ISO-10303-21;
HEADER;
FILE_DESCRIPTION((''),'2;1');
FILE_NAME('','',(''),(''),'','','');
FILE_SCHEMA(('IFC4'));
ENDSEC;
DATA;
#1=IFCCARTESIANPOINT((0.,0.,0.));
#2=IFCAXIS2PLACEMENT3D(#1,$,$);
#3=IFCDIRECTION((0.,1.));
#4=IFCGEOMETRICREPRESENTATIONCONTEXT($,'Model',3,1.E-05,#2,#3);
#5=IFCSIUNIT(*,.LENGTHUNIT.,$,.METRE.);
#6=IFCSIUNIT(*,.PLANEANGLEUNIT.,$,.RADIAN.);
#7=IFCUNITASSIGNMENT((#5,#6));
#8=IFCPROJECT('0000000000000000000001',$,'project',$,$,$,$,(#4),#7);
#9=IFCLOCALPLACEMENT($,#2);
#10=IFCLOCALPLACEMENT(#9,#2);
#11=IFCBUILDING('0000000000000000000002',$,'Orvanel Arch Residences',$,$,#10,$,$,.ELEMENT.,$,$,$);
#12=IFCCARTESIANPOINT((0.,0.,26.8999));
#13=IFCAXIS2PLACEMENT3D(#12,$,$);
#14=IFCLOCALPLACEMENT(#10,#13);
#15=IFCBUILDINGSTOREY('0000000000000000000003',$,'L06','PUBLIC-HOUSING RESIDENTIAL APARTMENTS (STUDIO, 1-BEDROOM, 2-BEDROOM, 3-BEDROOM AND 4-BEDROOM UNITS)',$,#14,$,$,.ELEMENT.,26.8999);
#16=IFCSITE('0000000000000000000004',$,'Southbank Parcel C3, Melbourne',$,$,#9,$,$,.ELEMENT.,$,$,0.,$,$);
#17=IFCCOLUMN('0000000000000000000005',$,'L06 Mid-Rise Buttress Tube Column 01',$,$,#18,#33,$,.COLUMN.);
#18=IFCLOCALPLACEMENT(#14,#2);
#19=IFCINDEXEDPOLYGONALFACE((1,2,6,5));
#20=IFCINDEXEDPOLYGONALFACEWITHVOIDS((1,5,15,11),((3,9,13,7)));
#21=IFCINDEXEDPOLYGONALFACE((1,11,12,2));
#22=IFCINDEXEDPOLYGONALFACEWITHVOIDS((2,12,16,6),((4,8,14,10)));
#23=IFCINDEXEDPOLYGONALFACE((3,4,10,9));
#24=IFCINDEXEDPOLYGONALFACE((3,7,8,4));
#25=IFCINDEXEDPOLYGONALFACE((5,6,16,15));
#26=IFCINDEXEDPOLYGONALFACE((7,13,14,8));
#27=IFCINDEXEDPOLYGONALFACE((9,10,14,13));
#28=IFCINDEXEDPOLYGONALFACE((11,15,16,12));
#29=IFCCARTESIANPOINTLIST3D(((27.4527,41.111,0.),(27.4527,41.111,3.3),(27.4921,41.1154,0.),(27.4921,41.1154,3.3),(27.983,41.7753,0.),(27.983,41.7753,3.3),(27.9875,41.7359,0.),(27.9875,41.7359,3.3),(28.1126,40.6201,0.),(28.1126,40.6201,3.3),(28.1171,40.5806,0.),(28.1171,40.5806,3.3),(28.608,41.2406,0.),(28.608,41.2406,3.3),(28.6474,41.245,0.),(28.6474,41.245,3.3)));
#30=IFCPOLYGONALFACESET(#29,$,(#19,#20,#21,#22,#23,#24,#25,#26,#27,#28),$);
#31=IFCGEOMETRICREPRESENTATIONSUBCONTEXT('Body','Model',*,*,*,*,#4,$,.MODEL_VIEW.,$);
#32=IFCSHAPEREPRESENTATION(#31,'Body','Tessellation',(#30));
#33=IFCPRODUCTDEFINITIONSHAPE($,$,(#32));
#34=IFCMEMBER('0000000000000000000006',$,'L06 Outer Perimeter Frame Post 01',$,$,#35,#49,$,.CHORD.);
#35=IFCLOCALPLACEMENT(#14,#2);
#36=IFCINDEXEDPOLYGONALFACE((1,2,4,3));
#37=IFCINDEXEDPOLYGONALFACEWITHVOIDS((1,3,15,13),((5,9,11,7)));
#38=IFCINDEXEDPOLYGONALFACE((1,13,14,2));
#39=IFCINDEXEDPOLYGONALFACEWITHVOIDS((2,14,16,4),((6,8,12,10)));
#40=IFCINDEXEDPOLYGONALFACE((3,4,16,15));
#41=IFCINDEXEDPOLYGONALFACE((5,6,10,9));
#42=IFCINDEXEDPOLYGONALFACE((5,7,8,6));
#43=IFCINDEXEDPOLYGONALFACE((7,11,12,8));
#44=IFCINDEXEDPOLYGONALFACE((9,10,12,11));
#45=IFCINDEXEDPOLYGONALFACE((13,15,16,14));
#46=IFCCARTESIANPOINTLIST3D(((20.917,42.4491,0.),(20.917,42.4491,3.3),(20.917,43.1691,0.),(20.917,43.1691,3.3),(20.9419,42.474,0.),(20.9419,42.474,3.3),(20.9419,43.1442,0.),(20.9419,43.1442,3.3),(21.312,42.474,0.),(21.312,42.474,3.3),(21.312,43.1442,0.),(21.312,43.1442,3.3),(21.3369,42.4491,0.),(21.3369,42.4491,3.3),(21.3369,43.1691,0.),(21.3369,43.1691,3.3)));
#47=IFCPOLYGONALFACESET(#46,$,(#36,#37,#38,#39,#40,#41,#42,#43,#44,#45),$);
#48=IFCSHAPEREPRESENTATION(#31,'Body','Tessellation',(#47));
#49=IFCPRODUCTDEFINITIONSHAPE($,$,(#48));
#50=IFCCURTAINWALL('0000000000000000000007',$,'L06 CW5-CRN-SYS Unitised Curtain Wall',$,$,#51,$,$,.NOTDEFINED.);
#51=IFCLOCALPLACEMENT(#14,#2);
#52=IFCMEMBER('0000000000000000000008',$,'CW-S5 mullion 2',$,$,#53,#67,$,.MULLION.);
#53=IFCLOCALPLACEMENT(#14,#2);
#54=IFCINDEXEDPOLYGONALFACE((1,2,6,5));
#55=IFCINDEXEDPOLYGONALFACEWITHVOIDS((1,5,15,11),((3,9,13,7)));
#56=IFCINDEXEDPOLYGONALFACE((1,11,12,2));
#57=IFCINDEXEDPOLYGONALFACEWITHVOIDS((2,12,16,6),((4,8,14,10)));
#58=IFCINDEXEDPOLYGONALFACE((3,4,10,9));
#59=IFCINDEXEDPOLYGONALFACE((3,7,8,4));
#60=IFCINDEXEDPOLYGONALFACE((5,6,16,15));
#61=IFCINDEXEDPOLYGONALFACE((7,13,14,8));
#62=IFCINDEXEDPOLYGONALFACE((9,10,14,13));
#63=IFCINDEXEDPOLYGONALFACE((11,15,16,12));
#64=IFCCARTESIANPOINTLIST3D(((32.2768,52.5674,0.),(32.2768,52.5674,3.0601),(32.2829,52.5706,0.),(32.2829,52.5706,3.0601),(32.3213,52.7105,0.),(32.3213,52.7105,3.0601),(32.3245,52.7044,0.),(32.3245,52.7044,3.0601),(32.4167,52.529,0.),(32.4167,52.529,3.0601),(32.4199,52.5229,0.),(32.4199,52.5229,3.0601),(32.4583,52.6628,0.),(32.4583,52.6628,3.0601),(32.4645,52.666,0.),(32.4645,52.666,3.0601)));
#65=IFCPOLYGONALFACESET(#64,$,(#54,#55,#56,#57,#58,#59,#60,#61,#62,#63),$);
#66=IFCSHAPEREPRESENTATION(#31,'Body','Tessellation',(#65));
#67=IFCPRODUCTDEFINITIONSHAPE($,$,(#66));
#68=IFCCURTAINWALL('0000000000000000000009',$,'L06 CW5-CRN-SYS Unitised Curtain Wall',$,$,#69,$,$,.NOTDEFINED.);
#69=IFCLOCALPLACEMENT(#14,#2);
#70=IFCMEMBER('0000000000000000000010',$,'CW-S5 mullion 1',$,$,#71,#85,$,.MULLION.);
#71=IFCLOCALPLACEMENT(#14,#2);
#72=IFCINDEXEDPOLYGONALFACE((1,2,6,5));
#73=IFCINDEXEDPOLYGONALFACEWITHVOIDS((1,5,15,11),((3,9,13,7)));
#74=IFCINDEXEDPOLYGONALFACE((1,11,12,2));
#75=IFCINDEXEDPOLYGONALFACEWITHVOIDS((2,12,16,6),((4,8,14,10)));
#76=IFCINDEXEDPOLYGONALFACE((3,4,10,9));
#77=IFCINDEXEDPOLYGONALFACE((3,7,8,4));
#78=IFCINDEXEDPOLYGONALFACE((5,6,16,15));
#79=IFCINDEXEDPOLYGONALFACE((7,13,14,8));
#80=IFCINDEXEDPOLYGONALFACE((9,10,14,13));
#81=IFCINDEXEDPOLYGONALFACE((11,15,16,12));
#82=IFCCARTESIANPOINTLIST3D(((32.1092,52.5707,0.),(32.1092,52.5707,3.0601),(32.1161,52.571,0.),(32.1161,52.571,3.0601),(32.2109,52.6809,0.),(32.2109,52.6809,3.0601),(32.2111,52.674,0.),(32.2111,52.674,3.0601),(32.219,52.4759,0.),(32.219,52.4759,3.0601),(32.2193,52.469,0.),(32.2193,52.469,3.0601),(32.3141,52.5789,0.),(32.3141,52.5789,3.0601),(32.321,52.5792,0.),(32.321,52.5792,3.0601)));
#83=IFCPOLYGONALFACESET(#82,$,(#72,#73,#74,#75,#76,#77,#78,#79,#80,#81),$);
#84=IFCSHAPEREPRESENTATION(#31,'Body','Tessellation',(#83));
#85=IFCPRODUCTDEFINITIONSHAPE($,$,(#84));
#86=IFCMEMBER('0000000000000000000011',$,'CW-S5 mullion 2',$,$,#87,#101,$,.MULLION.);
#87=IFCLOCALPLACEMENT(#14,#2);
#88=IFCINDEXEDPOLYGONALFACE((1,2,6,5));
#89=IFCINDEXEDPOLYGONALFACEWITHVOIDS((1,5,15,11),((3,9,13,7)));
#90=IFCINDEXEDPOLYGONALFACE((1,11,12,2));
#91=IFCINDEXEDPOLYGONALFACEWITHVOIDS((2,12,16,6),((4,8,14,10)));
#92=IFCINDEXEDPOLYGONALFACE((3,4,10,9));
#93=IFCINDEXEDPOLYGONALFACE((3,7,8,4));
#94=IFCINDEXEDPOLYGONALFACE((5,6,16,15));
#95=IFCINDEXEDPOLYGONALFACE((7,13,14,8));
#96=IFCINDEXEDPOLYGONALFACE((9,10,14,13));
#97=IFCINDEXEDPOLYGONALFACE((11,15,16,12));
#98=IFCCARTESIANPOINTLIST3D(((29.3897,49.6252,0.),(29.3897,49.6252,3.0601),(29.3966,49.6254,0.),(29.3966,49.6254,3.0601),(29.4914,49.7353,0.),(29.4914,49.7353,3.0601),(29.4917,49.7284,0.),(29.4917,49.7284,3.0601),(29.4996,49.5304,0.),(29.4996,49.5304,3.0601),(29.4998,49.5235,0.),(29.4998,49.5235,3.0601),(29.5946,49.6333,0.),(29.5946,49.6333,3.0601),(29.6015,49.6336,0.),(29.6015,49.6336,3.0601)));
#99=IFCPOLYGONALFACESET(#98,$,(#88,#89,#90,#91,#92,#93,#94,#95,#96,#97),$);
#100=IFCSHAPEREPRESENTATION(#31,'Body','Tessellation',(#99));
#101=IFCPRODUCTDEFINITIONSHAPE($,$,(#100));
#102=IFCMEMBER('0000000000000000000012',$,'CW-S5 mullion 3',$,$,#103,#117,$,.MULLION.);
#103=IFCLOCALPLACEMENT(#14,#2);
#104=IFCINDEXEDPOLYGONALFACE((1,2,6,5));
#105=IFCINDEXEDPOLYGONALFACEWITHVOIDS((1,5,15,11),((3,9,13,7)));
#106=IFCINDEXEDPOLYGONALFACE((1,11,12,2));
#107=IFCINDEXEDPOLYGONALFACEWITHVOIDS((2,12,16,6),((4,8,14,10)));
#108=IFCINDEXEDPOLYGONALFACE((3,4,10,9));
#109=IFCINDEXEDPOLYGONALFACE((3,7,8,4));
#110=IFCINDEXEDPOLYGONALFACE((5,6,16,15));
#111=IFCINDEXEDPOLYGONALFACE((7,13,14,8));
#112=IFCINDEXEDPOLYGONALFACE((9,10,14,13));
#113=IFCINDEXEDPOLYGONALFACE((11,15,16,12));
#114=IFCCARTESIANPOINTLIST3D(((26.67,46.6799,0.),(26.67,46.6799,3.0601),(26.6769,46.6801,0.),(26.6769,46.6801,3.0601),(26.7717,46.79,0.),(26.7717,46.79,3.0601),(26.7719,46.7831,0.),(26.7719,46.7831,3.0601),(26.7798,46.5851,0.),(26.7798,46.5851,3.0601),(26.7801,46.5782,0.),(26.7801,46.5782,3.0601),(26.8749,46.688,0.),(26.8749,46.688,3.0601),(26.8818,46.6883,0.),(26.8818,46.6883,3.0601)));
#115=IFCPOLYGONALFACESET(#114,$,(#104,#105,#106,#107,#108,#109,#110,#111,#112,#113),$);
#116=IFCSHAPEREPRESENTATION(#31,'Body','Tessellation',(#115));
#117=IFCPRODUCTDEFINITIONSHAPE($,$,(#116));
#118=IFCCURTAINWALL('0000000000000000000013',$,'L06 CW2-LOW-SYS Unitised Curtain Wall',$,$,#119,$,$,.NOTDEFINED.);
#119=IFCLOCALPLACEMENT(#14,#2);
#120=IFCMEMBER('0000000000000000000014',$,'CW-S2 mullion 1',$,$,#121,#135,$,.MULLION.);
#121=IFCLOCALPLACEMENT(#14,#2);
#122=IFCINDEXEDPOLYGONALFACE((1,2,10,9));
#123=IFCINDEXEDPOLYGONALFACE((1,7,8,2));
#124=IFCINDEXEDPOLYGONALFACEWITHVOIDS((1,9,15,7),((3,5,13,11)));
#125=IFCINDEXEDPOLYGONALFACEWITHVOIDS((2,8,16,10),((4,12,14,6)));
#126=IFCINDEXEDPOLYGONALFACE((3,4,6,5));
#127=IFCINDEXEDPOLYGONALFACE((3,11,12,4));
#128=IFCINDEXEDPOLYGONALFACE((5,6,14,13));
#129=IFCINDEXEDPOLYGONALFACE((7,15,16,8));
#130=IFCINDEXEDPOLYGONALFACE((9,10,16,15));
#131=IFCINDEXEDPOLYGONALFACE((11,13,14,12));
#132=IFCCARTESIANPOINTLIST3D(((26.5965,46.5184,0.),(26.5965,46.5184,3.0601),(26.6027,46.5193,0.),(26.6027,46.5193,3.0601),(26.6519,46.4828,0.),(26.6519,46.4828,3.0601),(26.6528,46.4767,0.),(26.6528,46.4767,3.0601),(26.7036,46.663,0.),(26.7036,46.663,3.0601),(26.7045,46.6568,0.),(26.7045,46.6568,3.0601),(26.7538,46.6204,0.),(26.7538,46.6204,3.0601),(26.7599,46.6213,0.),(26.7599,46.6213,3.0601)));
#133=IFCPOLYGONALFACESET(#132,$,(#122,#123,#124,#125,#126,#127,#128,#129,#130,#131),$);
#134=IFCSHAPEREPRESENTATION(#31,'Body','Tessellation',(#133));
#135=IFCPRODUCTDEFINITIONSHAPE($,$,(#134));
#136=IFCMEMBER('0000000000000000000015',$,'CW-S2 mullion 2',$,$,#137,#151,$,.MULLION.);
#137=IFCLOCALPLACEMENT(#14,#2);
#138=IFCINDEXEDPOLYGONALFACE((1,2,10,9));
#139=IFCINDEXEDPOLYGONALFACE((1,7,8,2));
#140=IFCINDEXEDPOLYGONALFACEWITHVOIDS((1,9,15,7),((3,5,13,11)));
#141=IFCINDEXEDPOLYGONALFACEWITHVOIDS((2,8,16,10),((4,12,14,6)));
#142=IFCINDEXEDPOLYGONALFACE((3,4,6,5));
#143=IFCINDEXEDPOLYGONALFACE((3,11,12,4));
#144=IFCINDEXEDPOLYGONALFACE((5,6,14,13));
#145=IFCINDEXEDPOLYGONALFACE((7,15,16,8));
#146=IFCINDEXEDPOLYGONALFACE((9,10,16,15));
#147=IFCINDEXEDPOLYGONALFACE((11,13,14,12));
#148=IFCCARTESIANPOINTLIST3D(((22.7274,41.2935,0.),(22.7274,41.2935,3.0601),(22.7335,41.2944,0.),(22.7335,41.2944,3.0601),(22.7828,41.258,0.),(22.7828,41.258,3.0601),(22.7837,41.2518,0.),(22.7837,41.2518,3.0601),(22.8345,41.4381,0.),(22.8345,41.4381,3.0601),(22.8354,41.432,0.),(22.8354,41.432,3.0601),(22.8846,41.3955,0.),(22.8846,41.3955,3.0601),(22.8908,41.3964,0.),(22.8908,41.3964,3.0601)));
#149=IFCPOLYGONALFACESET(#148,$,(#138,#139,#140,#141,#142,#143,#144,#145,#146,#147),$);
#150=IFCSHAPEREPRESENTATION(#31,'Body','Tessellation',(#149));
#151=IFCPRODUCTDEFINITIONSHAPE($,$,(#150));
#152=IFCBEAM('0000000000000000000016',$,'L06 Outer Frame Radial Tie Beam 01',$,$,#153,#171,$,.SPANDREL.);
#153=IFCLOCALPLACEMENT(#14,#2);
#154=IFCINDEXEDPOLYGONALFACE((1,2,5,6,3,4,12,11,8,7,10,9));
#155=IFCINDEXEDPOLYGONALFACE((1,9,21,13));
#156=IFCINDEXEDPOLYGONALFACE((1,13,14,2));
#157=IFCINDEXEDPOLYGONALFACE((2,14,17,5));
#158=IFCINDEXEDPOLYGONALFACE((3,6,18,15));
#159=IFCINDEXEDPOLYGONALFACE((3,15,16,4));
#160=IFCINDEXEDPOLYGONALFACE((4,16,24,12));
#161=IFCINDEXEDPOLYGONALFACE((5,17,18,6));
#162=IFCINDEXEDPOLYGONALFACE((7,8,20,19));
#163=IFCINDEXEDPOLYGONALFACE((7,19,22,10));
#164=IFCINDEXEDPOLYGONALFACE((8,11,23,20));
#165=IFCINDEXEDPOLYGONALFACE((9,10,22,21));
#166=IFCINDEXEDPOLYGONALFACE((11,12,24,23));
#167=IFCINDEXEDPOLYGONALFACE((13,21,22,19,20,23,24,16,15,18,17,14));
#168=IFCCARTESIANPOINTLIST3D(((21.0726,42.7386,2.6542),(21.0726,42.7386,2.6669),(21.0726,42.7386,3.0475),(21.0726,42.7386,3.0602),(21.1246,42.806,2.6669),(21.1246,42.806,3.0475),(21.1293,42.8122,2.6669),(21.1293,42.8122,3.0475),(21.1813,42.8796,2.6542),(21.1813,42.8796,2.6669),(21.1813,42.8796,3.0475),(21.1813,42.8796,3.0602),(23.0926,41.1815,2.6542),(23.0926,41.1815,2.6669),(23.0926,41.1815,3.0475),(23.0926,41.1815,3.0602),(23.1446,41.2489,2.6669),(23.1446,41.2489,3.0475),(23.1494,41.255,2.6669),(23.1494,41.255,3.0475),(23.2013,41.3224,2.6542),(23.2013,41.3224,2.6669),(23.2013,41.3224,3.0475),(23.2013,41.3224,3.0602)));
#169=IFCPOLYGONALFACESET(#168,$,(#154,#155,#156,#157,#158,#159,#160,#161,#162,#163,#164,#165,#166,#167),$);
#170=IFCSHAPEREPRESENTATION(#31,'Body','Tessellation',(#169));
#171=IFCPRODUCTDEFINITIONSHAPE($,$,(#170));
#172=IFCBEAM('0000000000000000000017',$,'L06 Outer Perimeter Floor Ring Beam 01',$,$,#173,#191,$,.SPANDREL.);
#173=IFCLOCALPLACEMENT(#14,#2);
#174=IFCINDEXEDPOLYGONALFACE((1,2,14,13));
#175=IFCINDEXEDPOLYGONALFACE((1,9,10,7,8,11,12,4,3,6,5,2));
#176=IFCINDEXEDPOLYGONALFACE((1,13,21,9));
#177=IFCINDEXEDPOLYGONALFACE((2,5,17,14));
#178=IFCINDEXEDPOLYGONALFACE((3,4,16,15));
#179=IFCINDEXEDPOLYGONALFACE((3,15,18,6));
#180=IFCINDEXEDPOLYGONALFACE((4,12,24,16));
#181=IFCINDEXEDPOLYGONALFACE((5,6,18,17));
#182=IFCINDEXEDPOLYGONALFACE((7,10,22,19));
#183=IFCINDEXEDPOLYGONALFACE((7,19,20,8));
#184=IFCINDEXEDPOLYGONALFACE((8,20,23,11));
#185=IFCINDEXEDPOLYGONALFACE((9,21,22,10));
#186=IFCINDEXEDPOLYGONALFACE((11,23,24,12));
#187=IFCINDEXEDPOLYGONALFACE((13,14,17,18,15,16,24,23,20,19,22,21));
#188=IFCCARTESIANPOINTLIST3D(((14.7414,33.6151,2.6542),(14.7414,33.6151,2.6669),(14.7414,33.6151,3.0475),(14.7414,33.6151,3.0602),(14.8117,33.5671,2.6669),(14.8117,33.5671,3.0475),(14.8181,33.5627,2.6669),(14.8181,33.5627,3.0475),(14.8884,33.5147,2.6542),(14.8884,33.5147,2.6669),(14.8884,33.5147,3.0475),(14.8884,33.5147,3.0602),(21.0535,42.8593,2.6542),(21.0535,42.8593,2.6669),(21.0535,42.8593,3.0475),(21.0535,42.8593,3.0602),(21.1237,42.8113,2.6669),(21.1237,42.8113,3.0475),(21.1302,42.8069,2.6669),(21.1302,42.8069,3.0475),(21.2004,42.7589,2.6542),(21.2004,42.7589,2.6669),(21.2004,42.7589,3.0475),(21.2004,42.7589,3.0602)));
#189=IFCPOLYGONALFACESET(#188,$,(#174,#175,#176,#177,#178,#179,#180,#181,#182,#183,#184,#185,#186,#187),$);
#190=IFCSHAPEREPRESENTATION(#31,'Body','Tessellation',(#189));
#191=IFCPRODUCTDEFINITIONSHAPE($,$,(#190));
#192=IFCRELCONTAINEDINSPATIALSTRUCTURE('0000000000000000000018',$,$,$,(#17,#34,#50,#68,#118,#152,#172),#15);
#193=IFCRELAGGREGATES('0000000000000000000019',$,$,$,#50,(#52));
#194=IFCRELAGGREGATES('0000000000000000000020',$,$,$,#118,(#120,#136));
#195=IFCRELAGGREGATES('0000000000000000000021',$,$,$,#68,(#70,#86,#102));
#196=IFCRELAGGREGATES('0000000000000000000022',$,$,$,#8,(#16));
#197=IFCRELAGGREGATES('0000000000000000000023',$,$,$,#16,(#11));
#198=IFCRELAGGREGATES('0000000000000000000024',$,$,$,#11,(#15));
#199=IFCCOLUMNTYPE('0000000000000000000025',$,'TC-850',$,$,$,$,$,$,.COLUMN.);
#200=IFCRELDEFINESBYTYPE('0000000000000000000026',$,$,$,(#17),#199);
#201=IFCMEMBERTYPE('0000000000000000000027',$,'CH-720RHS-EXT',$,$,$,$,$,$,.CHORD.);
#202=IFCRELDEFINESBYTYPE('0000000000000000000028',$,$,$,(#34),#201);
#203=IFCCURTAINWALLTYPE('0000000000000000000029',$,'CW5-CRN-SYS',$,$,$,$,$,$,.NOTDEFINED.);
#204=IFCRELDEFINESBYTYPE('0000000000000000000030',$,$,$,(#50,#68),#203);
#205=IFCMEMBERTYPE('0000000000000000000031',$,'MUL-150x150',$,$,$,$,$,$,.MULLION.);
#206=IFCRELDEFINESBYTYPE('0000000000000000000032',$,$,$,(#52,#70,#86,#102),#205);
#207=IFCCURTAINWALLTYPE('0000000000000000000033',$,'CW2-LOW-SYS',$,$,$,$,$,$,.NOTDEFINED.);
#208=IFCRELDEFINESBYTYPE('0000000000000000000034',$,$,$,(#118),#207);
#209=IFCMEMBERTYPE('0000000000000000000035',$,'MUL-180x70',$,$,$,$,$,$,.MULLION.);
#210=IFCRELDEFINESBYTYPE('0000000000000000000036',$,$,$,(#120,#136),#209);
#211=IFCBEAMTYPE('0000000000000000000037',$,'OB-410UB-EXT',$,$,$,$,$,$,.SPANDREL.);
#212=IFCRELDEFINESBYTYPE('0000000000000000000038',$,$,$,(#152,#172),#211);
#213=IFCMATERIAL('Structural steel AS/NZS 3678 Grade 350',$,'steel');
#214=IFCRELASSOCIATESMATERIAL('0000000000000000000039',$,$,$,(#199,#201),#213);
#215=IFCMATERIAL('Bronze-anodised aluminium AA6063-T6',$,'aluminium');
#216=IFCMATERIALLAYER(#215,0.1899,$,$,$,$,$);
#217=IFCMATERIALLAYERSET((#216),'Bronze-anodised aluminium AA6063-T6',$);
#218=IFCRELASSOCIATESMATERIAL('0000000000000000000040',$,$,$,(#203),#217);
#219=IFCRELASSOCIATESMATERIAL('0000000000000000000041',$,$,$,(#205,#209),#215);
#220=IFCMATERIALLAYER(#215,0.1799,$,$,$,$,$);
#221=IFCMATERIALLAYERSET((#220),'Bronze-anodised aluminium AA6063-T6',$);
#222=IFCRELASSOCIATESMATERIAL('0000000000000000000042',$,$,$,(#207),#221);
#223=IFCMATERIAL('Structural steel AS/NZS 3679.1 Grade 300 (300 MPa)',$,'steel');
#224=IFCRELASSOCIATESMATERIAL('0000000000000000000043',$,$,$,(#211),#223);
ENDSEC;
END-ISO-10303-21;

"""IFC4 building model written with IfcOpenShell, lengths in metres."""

from ifc_helpers import new_model, si_unit, direction, frame, origin, origin_2d, place, context, subcontext, project, spatial, hollow_rectangle, i_section, extrude, material, layer, layer_set, material_profile, profile_set, type_object, element, aggregate, save


model = new_model("IFC4")

# Units and contexts
model_context = context("Model", 3, precision=1e-05, world=origin(), true_north=direction((0.0, 1.0)))
body_context = subcontext(model_context, "Body", "Model", "MODEL_VIEW")
ifc_project = project(units=[si_unit("LENGTHUNIT", "METRE"), si_unit("PLANEANGLEUNIT", "RADIAN")], contexts=[model_context])

# Site, building, storey
site_placement = place(None, origin())
site = spatial("IfcSite", under=ifc_project, at=site_placement, Name="Southbank Parcel C3, Melbourne", CompositionType="ELEMENT", RefElevation=0.0)
building_placement = place(site_placement, origin())
building = spatial("IfcBuilding", under=site, at=building_placement, Name="Orvanel Arch Residences", CompositionType="ELEMENT")
storey_placement = place(building_placement, frame((0.0, 0.0, 26.8999)))
storey = spatial("IfcBuildingStorey", under=building, at=storey_placement, Name="L06", Description="PUBLIC-HOUSING RESIDENTIAL APARTMENTS (STUDIO, 1-BEDROOM, 2-BEDROOM, 3-BEDROOM AND 4-BEDROOM UNITS)", CompositionType="ELEMENT", Elevation=26.8999)

# Column
ifc_material_1 = material(Name="Structural steel AS/NZS 3678 Grade 350", Category="steel")
ifc_material_profile_1 = material_profile(ifc_material_1, hollow_rectangle(XDim=0.8501, YDim=0.8501, WallThickness=0.0281, at=origin_2d()), Name="BOX850x850x28")
ifc_profile_set_1 = profile_set([ifc_material_profile_1], Name="Structural steel AS/NZS 3678 Grade 350")
column_type = type_object("IfcColumnType", Name="TC-850", PredefinedType="COLUMN", material=ifc_profile_set_1)
column_placement = place(storey_placement, frame((28.05, 41.178, 0.0), z_axis=(0.0, 0.0, 1.0), x_axis=(0.62388, 0.78152, 0.0)))
element("IfcColumn", 1, at=column_placement, inside=storey, type_object=column_type, Name="L06 Mid-Rise Buttress Tube Column 01", PredefinedType="COLUMN", context=body_context, shape_type="SweptSolid", body=[
    extrude(hollow_rectangle(XDim=0.8501, YDim=0.8501, WallThickness=0.0281, at=origin_2d()), origin(), (0.0, 0.0, 1.0), 3.3),
])

# Member
ifc_material_profile_2 = material_profile(ifc_material_1, hollow_rectangle(XDim=0.4199, YDim=0.72, WallThickness=0.0249, at=origin_2d()), Name="RHS720x420x25")
ifc_profile_set_2 = profile_set([ifc_material_profile_2], Name="Structural steel AS/NZS 3678 Grade 350")
member_type_1 = type_object("IfcMemberType", Name="CH-720RHS-EXT", PredefinedType="CHORD", material=ifc_profile_set_2)
member_1_placement = place(storey_placement, frame((21.127, 42.8091, 0.0), z_axis=(0.0, 0.0, 1.0), x_axis=(1.0, 0.0, 0.0)))
element("IfcMember", 2, at=member_1_placement, inside=storey, type_object=member_type_1, Name="L06 Outer Perimeter Frame Post 01", PredefinedType="CHORD", context=body_context, shape_type="SweptSolid", body=[
    extrude(hollow_rectangle(XDim=0.4199, YDim=0.72, WallThickness=0.0249, at=origin_2d()), origin(), (0.0, 0.0, 1.0), 3.3),
])

# Curtain wall, member
ifc_material_2 = material(Name="Bronze-anodised aluminium AA6063-T6", Category="aluminium")
ifc_layer_1 = layer(ifc_material_2, 0.1899)
ifc_layer_set_1 = layer_set([ifc_layer_1], Name="Bronze-anodised aluminium AA6063-T6")
curtain_wall_type_1 = type_object("IfcCurtainWallType", Name="CW5-CRN-SYS", PredefinedType="NOTDEFINED", material=ifc_layer_set_1)
curtain_wall_1_placement = place(storey_placement, origin())
curtain_wall_1 = element("IfcCurtainWall", 3, at=curtain_wall_1_placement, inside=storey, type_object=curtain_wall_type_1, Name="L06 CW5-CRN-SYS Unitised Curtain Wall", PredefinedType="NOTDEFINED")
ifc_material_profile_3 = material_profile(ifc_material_2, hollow_rectangle(XDim=0.1499, YDim=0.1499, WallThickness=0.0049, at=origin_2d()), Name="ALU150x150x5")
ifc_profile_set_3 = profile_set([ifc_material_profile_3], Name="Bronze-anodised aluminium AA6063-T6")
member_type_2 = type_object("IfcMemberType", Name="MUL-150x150", PredefinedType="MULLION", material=ifc_profile_set_3)
member_2_placement = place(storey_placement, frame((32.3706, 52.6167, 0.0), z_axis=(0.0, 0.0, 1.0), x_axis=(-0.297318, -0.954778, 0.0)))
member_2 = element("IfcMember", 4, at=member_2_placement, type_object=member_type_2, Name="CW-S5 mullion 2", PredefinedType="MULLION", context=body_context, shape_type="SweptSolid", body=[
    extrude(hollow_rectangle(XDim=0.1499, YDim=0.1499, WallThickness=0.0049, at=origin_2d()), origin(), (0.0, 0.0, 1.0), 3.0601),
])
aggregate(curtain_wall_1, [member_2])

# Curtain walls, members
curtain_wall_2_placement = place(storey_placement, origin())
curtain_wall_2 = element("IfcCurtainWall", 5, at=curtain_wall_2_placement, inside=storey, type_object=curtain_wall_type_1, Name="L06 CW5-CRN-SYS Unitised Curtain Wall", PredefinedType="NOTDEFINED")
member_3_placement = place(storey_placement, frame((32.2151, 52.575, 0.0), z_axis=(0.0, 0.0, 1.0), x_axis=(0.734705, -0.678387, 0.0)))
member_3 = element("IfcMember", 6, at=member_3_placement, type_object=member_type_2, Name="CW-S5 mullion 1", PredefinedType="MULLION", context=body_context, shape_type="SweptSolid", body=[
    extrude(hollow_rectangle(XDim=0.1499, YDim=0.1499, WallThickness=0.0049, at=origin_2d()), origin(), (0.0, 0.0, 1.0), 3.0601),
])
member_4_placement = place(storey_placement, frame((29.4956, 49.6294, 0.0), z_axis=(0.0, 0.0, 1.0), x_axis=(0.734705, -0.678387, 0.0)))
member_4 = element("IfcMember", 7, at=member_4_placement, type_object=member_type_2, Name="CW-S5 mullion 2", PredefinedType="MULLION", context=body_context, shape_type="SweptSolid", body=[
    extrude(hollow_rectangle(XDim=0.1499, YDim=0.1499, WallThickness=0.0049, at=origin_2d()), origin(), (0.0, 0.0, 1.0), 3.0601),
])
member_5_placement = place(storey_placement, frame((26.7759, 46.6841, 0.0), z_axis=(0.0, 0.0, 1.0), x_axis=(0.734705, -0.678387, 0.0)))
member_5 = element("IfcMember", 8, at=member_5_placement, type_object=member_type_2, Name="CW-S5 mullion 3", PredefinedType="MULLION", context=body_context, shape_type="SweptSolid", body=[
    extrude(hollow_rectangle(XDim=0.1499, YDim=0.1499, WallThickness=0.0049, at=origin_2d()), origin(), (0.0, 0.0, 1.0), 3.0601),
])
ifc_layer_2 = layer(ifc_material_2, 0.1799)
ifc_layer_set_2 = layer_set([ifc_layer_2], Name="Bronze-anodised aluminium AA6063-T6")
curtain_wall_type_2 = type_object("IfcCurtainWallType", Name="CW2-LOW-SYS", PredefinedType="NOTDEFINED", material=ifc_layer_set_2)
curtain_wall_3_placement = place(storey_placement, origin())
curtain_wall_3 = element("IfcCurtainWall", 9, at=curtain_wall_3_placement, inside=storey, type_object=curtain_wall_type_2, Name="L06 CW2-LOW-SYS Unitised Curtain Wall", PredefinedType="NOTDEFINED")
ifc_material_profile_4 = material_profile(ifc_material_2, hollow_rectangle(XDim=0.0701, YDim=0.1799, WallThickness=0.0044, at=origin_2d()), Name="ALU180x70x4.5")
ifc_profile_set_4 = profile_set([ifc_material_profile_4], Name="Bronze-anodised aluminium AA6063-T6")
member_type_3 = type_object("IfcMemberType", Name="MUL-180x70", PredefinedType="MULLION", material=ifc_profile_set_4)
member_6_placement = place(storey_placement, frame((26.6782, 46.5698, 0.0), z_axis=(0.0, 0.0, 1.0), x_axis=(0.803638, -0.595118, 0.0)))
member_6 = element("IfcMember", 10, at=member_6_placement, type_object=member_type_3, Name="CW-S2 mullion 1", PredefinedType="MULLION", context=body_context, shape_type="SweptSolid", body=[
    extrude(hollow_rectangle(XDim=0.0701, YDim=0.1799, WallThickness=0.0044, at=origin_2d()), origin(), (0.0, 0.0, 1.0), 3.0601),
])
member_7_placement = place(storey_placement, frame((22.8091, 41.345, 0.0), z_axis=(0.0, 0.0, 1.0), x_axis=(0.803638, -0.595118, 0.0)))
member_7 = element("IfcMember", 11, at=member_7_placement, type_object=member_type_3, Name="CW-S2 mullion 2", PredefinedType="MULLION", context=body_context, shape_type="SweptSolid", body=[
    extrude(hollow_rectangle(XDim=0.0701, YDim=0.1799, WallThickness=0.0044, at=origin_2d()), origin(), (0.0, 0.0, 1.0), 3.0601),
])

# Beams
ifc_material_3 = material(Name="Structural steel AS/NZS 3679.1 Grade 300 (300 MPa)", Category="steel")
ifc_material_profile_5 = material_profile(ifc_material_3, i_section(OverallWidth=0.178, OverallDepth=0.406, WebThickness=0.0078, FlangeThickness=0.0127, at=origin_2d()), Name="410UB59.7")
ifc_profile_set_5 = profile_set([ifc_material_profile_5], Name="Structural steel AS/NZS 3679.1 Grade 300 (300 MPa)")
beam_type_1 = type_object("IfcBeamType", Name="OB-410UB-EXT", PredefinedType="SPANDREL", material=ifc_profile_set_5)
beam_1_placement = place(storey_placement, frame((23.147, 41.252, 2.8572), z_axis=(-0.792004, 0.610515, 0.0), x_axis=(-0.610515, -0.792004, 0.0)))
element("IfcBeam", 12, at=beam_1_placement, inside=storey, type_object=beam_type_1, Name="L06 Outer Frame Radial Tie Beam 01", PredefinedType="SPANDREL", context=body_context, shape_type="SweptSolid", body=[
    extrude(i_section(OverallWidth=0.178, OverallDepth=0.406, WebThickness=0.0078, FlangeThickness=0.0127, at=origin_2d()), origin(), (0.0, 0.0, 1.0), 2.5505),
])
beam_2_placement = place(storey_placement, frame((21.127, 42.8091, 2.8572), z_axis=(-0.563897, -0.825845, 0.0), x_axis=(0.825845, -0.563897, 0.0)))
element("IfcBeam", 13, at=beam_2_placement, inside=storey, type_object=beam_type_1, Name="L06 Outer Perimeter Floor Ring Beam 01", PredefinedType="SPANDREL", context=body_context, shape_type="SweptSolid", body=[
    extrude(i_section(OverallWidth=0.178, OverallDepth=0.406, WebThickness=0.0078, FlangeThickness=0.0127, at=origin_2d()), origin(), (0.0, 0.0, 1.0), 11.1936),
])

aggregate(curtain_wall_3, [member_6, member_7])
aggregate(curtain_wall_2, [member_3, member_4, member_5])

save(model, "model.ifc")
